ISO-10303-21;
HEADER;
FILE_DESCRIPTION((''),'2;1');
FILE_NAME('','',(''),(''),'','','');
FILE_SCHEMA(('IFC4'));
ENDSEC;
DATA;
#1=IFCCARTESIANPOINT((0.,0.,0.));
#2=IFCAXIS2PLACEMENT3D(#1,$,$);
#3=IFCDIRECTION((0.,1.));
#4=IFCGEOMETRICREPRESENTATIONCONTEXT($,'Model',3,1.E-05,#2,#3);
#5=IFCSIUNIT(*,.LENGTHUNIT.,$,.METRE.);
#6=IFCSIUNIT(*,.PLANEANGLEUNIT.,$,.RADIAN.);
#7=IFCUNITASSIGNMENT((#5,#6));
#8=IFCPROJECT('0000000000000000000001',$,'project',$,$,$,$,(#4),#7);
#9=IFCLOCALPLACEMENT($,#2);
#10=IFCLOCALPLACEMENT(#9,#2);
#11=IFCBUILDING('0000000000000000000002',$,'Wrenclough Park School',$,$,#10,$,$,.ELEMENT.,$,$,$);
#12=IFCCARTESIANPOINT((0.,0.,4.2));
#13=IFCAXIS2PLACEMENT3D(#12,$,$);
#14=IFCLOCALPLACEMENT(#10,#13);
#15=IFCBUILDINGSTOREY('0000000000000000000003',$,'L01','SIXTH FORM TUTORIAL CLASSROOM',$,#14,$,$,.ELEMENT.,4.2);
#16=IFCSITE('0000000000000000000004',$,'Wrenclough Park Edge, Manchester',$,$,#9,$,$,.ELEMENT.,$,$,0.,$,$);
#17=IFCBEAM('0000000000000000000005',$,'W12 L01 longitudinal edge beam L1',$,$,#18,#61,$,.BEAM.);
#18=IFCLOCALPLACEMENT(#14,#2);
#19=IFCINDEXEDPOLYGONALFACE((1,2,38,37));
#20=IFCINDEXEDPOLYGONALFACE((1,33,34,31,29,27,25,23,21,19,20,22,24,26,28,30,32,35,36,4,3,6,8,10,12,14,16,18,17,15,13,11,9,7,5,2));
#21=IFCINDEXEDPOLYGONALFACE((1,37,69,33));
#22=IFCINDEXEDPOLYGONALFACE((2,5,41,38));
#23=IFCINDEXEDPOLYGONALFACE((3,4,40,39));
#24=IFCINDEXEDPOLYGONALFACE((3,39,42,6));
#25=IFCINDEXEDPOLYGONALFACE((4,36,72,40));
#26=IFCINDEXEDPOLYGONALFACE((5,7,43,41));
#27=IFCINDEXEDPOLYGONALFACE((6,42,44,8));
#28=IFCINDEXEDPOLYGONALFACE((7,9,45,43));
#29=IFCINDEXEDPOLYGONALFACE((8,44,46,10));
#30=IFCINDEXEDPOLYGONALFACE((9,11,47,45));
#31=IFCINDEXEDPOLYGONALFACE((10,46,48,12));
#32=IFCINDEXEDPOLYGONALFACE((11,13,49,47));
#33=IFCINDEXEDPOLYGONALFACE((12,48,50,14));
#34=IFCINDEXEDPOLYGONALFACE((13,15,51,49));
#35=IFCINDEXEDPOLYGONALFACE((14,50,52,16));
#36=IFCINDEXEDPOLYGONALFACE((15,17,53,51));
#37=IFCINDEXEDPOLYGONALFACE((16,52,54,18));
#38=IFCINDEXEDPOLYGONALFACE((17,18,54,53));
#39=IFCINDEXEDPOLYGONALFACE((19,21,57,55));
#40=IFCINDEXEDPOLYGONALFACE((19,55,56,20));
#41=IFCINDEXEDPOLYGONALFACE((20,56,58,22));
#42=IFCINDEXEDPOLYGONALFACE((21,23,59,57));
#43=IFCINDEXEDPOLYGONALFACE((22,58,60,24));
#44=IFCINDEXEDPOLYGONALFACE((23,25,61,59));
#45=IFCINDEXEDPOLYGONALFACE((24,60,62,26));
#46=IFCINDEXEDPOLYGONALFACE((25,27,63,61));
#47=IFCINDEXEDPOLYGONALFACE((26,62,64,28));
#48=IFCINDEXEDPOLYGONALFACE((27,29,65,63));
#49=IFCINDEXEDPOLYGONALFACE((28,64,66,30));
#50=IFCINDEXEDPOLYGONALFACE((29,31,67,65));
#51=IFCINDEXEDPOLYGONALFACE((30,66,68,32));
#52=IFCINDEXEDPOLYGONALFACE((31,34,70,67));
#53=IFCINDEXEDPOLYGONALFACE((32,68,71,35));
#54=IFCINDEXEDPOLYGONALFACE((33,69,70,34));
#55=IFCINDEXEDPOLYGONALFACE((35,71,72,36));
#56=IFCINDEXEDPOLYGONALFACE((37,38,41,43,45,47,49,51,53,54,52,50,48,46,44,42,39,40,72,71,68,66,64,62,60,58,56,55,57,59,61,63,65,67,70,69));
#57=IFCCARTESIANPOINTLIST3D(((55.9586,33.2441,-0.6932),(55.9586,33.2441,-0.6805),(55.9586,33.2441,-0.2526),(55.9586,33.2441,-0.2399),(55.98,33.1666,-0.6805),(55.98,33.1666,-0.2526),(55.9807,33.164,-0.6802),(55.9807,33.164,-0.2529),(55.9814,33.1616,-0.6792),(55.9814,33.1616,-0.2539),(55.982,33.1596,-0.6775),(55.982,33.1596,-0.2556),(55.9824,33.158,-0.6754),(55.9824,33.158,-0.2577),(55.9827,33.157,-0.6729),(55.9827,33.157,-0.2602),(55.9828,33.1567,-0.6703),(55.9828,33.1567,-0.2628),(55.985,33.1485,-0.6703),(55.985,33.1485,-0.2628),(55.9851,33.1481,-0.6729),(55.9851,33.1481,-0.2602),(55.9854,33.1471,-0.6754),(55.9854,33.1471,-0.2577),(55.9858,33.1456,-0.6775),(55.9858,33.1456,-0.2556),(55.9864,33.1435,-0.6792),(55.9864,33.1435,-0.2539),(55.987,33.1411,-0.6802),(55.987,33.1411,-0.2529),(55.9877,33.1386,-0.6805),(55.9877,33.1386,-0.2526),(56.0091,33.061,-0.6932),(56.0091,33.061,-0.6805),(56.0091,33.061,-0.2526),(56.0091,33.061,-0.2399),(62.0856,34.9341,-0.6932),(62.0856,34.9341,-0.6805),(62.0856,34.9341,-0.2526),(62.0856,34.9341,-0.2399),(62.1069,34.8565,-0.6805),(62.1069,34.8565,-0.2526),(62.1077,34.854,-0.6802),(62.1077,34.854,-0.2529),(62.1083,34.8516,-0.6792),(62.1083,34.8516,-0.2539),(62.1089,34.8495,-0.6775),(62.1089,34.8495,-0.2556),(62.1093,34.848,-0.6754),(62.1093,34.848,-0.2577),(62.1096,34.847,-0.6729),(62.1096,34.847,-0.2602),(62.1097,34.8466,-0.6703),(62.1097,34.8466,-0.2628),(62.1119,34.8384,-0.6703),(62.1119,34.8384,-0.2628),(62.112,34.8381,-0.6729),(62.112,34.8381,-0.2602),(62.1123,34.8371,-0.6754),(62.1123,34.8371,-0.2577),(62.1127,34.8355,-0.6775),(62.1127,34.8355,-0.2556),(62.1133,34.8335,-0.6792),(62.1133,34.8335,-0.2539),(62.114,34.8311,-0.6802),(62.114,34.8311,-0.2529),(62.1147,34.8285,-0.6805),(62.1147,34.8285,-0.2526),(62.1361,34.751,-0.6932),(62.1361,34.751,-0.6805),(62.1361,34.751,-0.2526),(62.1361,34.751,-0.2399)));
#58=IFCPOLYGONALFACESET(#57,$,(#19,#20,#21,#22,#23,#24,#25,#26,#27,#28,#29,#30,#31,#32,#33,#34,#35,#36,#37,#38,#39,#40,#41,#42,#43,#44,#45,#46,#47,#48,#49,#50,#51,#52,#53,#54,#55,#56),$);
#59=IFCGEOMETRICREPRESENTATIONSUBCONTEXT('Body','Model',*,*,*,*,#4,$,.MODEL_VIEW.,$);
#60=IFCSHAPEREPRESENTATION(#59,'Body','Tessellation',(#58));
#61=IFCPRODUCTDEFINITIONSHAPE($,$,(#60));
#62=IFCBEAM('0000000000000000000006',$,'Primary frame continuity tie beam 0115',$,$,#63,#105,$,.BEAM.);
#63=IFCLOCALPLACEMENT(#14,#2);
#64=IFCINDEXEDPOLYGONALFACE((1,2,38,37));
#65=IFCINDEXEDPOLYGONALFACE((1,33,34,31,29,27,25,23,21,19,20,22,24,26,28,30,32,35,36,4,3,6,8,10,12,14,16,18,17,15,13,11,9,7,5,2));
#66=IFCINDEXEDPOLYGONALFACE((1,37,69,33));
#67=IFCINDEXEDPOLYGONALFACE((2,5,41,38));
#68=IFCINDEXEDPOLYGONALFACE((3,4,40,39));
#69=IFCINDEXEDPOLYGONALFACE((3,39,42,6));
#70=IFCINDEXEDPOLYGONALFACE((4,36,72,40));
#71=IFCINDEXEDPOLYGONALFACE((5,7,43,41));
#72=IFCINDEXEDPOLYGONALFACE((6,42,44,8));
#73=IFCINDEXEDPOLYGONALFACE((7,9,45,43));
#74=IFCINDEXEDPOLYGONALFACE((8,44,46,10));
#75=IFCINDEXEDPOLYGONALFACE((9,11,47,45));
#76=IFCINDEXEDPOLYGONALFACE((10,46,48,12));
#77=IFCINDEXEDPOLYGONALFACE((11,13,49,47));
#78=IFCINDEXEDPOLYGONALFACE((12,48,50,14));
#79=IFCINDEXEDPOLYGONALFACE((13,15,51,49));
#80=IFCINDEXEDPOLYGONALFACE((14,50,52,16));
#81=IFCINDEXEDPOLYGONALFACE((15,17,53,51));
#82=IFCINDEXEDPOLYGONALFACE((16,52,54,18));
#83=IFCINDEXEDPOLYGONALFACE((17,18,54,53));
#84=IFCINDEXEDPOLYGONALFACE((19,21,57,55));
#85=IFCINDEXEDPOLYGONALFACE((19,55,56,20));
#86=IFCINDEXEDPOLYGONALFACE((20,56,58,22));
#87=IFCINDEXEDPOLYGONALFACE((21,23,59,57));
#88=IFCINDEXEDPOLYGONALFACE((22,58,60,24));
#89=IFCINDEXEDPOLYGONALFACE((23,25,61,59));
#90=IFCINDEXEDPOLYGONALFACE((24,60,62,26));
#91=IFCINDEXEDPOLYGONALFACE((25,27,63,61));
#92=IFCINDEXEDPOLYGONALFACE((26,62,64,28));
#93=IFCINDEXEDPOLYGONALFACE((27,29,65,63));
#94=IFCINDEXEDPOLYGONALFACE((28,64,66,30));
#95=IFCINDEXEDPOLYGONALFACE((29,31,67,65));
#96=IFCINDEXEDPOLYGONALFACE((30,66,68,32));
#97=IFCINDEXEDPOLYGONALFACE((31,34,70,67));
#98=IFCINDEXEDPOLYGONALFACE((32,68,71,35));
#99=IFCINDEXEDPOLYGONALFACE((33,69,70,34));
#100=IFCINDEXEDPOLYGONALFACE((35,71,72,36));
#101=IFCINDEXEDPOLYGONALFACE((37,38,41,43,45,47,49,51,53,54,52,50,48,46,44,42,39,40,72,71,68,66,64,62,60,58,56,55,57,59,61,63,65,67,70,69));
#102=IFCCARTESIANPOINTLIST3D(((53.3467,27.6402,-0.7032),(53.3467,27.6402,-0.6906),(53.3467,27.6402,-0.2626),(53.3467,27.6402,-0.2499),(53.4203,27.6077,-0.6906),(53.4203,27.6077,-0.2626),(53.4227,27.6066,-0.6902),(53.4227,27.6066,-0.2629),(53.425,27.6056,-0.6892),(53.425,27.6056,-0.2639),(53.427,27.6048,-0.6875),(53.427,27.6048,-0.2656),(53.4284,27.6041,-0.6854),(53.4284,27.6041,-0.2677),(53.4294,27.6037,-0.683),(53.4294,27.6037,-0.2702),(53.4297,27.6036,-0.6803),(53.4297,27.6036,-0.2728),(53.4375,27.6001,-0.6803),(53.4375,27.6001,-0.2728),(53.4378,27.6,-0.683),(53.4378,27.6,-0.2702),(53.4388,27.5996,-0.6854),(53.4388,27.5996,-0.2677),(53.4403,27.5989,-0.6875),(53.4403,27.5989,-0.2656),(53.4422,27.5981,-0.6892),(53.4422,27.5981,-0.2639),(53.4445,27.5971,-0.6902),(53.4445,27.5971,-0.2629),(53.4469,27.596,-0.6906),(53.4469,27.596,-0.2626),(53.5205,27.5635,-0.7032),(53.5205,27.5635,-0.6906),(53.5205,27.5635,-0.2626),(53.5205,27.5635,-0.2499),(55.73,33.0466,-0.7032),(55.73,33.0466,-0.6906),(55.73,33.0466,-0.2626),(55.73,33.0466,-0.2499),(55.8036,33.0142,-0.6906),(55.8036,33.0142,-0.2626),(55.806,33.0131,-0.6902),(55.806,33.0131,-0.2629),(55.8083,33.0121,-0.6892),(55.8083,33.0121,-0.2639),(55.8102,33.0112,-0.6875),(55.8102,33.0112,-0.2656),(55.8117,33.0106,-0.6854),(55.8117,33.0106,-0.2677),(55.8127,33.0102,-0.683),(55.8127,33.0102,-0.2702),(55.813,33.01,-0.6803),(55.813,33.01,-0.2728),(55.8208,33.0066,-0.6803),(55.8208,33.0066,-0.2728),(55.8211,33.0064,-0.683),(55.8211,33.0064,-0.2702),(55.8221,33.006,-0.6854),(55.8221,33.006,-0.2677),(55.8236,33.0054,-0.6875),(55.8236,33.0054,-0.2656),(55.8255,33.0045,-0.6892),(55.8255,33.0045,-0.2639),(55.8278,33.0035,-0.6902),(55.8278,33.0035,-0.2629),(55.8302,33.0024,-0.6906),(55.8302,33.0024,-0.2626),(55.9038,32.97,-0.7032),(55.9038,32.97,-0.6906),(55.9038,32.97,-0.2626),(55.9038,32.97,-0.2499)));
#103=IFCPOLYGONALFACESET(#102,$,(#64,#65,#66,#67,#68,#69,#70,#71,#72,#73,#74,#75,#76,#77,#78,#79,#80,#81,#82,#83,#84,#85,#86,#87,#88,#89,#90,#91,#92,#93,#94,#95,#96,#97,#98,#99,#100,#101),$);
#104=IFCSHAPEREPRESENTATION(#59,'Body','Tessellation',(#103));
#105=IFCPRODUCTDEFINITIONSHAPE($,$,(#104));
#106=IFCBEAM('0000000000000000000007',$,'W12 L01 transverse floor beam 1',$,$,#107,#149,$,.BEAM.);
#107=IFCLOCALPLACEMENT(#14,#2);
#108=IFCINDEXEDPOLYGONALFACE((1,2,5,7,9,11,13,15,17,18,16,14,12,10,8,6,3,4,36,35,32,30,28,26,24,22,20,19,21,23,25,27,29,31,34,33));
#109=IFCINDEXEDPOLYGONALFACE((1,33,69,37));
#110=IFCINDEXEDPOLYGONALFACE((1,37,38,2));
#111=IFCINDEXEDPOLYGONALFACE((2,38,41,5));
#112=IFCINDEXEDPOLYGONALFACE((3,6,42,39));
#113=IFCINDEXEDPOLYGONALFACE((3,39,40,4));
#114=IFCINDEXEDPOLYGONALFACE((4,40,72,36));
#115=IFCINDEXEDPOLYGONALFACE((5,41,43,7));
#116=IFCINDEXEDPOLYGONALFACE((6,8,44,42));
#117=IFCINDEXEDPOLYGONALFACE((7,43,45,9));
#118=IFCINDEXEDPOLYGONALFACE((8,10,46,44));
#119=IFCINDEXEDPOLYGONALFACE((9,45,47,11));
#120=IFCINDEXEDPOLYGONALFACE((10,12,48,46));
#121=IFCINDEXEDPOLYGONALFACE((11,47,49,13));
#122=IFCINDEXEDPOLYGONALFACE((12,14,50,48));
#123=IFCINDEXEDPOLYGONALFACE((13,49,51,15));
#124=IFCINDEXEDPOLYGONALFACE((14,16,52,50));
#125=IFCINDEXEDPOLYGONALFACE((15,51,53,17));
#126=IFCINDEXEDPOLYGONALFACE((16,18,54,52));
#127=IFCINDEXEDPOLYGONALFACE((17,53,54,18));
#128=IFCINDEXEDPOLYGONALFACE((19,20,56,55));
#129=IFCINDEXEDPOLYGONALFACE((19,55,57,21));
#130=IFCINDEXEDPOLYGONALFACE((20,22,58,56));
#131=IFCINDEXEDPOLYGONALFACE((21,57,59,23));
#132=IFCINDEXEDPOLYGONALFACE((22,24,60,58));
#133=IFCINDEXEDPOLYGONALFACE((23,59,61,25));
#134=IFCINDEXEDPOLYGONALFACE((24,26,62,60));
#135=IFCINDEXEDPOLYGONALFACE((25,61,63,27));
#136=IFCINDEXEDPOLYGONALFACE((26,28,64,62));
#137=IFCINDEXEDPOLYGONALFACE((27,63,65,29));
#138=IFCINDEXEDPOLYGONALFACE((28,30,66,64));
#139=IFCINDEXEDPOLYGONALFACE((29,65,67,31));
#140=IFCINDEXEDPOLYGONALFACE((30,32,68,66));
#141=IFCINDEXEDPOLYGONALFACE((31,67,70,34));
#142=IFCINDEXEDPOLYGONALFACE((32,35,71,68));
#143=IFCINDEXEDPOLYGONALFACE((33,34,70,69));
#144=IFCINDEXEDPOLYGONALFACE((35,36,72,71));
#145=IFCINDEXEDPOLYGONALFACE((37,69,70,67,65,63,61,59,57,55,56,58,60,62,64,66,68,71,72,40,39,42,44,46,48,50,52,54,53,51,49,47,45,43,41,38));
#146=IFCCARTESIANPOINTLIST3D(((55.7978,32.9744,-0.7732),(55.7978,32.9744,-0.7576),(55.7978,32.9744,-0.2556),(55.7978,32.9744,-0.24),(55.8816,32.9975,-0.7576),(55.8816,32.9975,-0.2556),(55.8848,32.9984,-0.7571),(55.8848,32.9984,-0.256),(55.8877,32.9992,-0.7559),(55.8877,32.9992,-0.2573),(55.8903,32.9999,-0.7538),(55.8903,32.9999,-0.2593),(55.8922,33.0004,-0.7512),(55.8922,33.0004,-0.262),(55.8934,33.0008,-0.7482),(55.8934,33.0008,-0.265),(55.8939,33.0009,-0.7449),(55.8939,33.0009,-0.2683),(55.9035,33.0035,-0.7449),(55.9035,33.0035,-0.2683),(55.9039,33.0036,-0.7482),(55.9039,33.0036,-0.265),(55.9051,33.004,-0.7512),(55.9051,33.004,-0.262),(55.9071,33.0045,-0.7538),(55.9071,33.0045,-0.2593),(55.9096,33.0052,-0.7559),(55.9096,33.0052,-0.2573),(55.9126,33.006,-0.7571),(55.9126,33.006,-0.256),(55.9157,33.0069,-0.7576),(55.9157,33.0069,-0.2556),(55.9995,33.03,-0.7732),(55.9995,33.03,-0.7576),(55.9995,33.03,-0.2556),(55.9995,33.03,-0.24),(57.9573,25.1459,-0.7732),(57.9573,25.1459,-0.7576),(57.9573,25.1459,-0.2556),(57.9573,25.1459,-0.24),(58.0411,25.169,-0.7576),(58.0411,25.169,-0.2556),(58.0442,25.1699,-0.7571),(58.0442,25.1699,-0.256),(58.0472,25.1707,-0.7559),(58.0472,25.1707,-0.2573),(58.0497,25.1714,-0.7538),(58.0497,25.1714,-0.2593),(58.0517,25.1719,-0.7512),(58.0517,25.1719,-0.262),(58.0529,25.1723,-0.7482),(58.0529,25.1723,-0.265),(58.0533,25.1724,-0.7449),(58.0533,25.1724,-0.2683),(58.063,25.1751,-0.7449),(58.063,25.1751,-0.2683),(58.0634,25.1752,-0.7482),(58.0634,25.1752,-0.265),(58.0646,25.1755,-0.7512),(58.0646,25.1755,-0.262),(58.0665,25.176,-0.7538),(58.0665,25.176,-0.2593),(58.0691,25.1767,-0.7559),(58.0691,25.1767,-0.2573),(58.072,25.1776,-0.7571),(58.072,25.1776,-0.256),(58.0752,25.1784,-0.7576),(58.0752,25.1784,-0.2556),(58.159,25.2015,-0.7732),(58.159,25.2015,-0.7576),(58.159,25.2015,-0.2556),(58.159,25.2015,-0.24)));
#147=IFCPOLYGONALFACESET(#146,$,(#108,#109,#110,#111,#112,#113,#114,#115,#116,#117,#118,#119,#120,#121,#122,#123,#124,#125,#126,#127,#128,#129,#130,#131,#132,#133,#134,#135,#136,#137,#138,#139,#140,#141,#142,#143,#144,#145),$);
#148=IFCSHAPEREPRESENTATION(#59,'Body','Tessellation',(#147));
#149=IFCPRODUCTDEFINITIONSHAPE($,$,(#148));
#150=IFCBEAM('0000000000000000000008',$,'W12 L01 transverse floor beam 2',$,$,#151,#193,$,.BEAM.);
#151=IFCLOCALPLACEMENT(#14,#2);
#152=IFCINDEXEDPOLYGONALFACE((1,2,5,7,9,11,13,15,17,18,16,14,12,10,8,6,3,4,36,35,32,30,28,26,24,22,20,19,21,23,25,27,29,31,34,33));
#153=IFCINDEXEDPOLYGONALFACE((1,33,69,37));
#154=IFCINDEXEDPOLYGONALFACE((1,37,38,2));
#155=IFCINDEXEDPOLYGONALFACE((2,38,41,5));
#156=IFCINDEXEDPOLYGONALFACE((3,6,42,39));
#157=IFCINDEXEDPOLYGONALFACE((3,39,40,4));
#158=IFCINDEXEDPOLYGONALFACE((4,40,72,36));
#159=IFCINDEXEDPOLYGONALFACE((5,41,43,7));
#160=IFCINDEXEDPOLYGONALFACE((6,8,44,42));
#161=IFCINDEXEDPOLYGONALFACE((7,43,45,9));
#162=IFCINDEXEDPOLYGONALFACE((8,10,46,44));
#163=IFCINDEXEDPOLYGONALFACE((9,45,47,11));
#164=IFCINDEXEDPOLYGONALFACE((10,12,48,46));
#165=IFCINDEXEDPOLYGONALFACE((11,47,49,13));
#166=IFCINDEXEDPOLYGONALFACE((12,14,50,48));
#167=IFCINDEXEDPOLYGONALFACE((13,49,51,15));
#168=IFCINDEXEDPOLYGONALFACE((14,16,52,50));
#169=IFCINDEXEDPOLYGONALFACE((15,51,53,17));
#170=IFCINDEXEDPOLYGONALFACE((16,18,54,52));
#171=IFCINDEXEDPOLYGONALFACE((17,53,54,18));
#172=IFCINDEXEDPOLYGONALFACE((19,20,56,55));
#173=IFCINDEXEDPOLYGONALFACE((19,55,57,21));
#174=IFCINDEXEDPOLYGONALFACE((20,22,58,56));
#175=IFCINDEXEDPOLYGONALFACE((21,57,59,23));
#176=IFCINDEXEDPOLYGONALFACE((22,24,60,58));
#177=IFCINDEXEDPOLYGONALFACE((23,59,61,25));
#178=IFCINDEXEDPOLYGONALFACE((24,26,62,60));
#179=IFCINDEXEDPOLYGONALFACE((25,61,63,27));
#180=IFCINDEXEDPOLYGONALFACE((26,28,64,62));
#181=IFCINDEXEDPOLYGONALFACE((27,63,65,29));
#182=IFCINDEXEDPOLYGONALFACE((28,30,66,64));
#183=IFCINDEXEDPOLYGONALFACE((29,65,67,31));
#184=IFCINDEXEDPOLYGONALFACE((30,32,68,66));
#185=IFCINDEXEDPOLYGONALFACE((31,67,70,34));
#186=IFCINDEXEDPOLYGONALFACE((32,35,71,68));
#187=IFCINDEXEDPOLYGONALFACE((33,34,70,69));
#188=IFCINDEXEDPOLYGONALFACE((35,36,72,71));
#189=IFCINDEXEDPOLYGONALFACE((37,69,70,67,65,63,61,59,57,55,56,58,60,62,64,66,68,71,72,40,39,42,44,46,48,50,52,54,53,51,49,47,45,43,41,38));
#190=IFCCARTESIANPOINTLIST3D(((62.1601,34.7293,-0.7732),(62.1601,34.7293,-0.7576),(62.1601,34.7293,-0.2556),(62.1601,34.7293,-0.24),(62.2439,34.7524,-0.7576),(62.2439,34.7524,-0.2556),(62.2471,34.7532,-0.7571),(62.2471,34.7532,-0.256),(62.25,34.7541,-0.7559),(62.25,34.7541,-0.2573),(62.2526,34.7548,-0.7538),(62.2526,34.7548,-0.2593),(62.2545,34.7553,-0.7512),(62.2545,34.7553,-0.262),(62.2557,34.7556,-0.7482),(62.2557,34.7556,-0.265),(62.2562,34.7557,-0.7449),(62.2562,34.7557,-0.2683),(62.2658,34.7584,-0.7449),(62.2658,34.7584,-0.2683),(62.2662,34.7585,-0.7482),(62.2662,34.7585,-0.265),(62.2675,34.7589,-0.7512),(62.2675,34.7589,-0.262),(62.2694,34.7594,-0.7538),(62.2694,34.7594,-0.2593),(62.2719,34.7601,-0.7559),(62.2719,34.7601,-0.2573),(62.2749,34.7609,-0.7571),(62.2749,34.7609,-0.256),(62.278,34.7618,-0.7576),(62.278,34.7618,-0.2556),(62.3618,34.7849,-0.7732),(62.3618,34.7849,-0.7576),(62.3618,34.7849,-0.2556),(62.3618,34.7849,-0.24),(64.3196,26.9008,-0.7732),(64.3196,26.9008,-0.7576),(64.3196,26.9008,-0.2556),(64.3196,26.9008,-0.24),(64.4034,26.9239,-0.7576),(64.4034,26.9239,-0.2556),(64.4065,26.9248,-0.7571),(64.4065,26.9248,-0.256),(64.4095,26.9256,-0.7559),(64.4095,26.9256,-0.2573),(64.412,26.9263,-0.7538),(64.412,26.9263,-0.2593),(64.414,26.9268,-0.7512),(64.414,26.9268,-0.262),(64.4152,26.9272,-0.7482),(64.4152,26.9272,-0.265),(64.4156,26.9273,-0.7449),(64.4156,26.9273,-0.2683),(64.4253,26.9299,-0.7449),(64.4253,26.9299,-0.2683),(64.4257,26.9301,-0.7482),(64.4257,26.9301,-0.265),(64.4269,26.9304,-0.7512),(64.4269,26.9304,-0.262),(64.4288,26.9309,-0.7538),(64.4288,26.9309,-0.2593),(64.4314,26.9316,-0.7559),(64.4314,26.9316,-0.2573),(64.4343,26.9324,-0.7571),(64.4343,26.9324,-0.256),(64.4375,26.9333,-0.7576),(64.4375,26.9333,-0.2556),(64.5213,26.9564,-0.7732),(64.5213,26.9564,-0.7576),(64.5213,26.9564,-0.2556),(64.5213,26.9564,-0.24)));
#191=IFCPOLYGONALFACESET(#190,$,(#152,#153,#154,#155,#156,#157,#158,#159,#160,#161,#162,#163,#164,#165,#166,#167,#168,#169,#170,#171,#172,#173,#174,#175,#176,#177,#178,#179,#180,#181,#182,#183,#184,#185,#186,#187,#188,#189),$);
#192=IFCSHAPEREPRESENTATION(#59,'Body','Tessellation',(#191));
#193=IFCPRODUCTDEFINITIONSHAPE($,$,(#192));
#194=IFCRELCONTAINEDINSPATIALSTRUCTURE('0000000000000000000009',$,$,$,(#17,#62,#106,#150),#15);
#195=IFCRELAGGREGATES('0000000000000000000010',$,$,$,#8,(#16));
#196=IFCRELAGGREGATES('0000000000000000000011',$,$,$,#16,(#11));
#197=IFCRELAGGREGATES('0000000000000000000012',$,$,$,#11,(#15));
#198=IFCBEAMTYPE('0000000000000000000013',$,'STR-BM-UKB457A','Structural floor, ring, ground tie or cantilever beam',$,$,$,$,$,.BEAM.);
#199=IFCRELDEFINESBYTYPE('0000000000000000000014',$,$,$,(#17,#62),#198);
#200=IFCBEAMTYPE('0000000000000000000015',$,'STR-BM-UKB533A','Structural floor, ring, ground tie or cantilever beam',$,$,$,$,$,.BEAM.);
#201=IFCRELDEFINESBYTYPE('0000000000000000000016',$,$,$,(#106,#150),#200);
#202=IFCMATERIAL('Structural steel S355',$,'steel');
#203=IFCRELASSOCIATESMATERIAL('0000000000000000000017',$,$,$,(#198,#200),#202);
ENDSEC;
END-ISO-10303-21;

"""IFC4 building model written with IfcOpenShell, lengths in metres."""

from ifc_helpers import new_model, si_unit, direction, frame, origin, origin_2d, place, context, subcontext, project, spatial, i_section, extrude, material, material_profile, profile_set, type_object, element, save


model = new_model("IFC4")

# Units and contexts
model_context = context("Model", 3, precision=1e-05, world=origin(), true_north=direction((0.0, 1.0)))
body_context = subcontext(model_context, "Body", "Model", "MODEL_VIEW")
ifc_project = project(units=[si_unit("LENGTHUNIT", "METRE"), si_unit("PLANEANGLEUNIT", "RADIAN")], contexts=[model_context])

# Site, building, storey
site_placement = place(None, origin())
site = spatial("IfcSite", under=ifc_project, at=site_placement, Name="Wrenclough Park Edge, Manchester", CompositionType="ELEMENT", RefElevation=0.0)
building_placement = place(site_placement, origin())
building = spatial("IfcBuilding", under=site, at=building_placement, Name="Wrenclough Park School", CompositionType="ELEMENT")
storey_placement = place(building_placement, frame((0.0, 0.0, 4.2)))
storey = spatial("IfcBuildingStorey", under=building, at=storey_placement, Name="L01", Description="SIXTH FORM TUTORIAL CLASSROOM", CompositionType="ELEMENT", Elevation=4.2)

# Shared definitions
ifc_material_1 = material(Name="Structural steel S355", Category="steel")

# Beams
ifc_material_profile_1 = material_profile(ifc_material_1, i_section(OverallWidth=0.1899, OverallDepth=0.4534, WebThickness=0.0085, FlangeThickness=0.0127, FilletRadius=0.0103, at=origin_2d()), Name="UKB 457x191x67")
ifc_profile_set_1 = profile_set([ifc_material_profile_1], Name="Structural steel S355")
beam_type_1 = type_object("IfcBeamType", Name="STR-BM-UKB457A", Description="Structural floor, ring, ground tie or cantilever beam", PredefinedType="BEAM", material=ifc_profile_set_1)
beam_1_placement = place(storey_placement, frame((55.9839, 33.1526, -0.4666), z_axis=(0.964003, 0.265892, 0.0), x_axis=(-0.265892, 0.964003, 0.0)))
element("IfcBeam", 1, at=beam_1_placement, inside=storey, type_object=beam_type_1, Name="W12 L01 longitudinal edge beam L1", PredefinedType="BEAM", context=body_context, shape_type="SweptSolid", body=[
    extrude(i_section(OverallWidth=0.1899, OverallDepth=0.4534, WebThickness=0.0085, FlangeThickness=0.0127, FilletRadius=0.0103, at=origin_2d()), origin(), (0.0, 0.0, 1.0), 6.3557),
])
beam_2_placement = place(storey_placement, frame((55.8169, 33.0083, -0.4766), z_axis=(-0.403369, -0.915038, 0.0), x_axis=(0.915038, -0.403369, 0.0)))
element("IfcBeam", 2, at=beam_2_placement, inside=storey, type_object=beam_type_1, Name="Primary frame continuity tie beam 0115", PredefinedType="BEAM", context=body_context, shape_type="SweptSolid", body=[
    extrude(i_section(OverallWidth=0.1899, OverallDepth=0.4534, WebThickness=0.0085, FlangeThickness=0.0127, FilletRadius=0.0103, at=origin_2d()), origin(), (0.0, 0.0, 1.0), 5.9084),
])
ifc_material_profile_2 = material_profile(ifc_material_1, i_section(OverallWidth=0.2092, OverallDepth=0.5332, WebThickness=0.01, FlangeThickness=0.0156, FilletRadius=0.0127, at=origin_2d()), Name="UKB 533x210x92")
ifc_profile_set_2 = profile_set([ifc_material_profile_2], Name="Structural steel S355")
beam_type_2 = type_object("IfcBeamType", Name="STR-BM-UKB533A", Description="Structural floor, ring, ground tie or cantilever beam", PredefinedType="BEAM", material=ifc_profile_set_2)
for number, where, z_axis, x_axis, name in (
    (3, (55.8987, 33.0022, -0.5066), (0.265915, -0.963997, 0.0), (0.963997, 0.265915, 0.0), "W12 L01 transverse floor beam 1"),
    (4, (62.261, 34.7571, -0.5066), (0.265915, -0.963997, 0.0), (0.963997, 0.265915, 0.0), "W12 L01 transverse floor beam 2"),
):
    element("IfcBeam", number, at=place(storey_placement, frame(where, z_axis=z_axis, x_axis=x_axis)), inside=storey, type_object=beam_type_2, Name=name, PredefinedType="BEAM", context=body_context, shape_type="SweptSolid", body=[
        extrude(i_section(OverallWidth=0.2092, OverallDepth=0.5332, WebThickness=0.01, FlangeThickness=0.0156, FilletRadius=0.0127, at=origin_2d()), origin(), (0.0, 0.0, 1.0), 8.1208),
    ])

save(model, "model.ifc")
